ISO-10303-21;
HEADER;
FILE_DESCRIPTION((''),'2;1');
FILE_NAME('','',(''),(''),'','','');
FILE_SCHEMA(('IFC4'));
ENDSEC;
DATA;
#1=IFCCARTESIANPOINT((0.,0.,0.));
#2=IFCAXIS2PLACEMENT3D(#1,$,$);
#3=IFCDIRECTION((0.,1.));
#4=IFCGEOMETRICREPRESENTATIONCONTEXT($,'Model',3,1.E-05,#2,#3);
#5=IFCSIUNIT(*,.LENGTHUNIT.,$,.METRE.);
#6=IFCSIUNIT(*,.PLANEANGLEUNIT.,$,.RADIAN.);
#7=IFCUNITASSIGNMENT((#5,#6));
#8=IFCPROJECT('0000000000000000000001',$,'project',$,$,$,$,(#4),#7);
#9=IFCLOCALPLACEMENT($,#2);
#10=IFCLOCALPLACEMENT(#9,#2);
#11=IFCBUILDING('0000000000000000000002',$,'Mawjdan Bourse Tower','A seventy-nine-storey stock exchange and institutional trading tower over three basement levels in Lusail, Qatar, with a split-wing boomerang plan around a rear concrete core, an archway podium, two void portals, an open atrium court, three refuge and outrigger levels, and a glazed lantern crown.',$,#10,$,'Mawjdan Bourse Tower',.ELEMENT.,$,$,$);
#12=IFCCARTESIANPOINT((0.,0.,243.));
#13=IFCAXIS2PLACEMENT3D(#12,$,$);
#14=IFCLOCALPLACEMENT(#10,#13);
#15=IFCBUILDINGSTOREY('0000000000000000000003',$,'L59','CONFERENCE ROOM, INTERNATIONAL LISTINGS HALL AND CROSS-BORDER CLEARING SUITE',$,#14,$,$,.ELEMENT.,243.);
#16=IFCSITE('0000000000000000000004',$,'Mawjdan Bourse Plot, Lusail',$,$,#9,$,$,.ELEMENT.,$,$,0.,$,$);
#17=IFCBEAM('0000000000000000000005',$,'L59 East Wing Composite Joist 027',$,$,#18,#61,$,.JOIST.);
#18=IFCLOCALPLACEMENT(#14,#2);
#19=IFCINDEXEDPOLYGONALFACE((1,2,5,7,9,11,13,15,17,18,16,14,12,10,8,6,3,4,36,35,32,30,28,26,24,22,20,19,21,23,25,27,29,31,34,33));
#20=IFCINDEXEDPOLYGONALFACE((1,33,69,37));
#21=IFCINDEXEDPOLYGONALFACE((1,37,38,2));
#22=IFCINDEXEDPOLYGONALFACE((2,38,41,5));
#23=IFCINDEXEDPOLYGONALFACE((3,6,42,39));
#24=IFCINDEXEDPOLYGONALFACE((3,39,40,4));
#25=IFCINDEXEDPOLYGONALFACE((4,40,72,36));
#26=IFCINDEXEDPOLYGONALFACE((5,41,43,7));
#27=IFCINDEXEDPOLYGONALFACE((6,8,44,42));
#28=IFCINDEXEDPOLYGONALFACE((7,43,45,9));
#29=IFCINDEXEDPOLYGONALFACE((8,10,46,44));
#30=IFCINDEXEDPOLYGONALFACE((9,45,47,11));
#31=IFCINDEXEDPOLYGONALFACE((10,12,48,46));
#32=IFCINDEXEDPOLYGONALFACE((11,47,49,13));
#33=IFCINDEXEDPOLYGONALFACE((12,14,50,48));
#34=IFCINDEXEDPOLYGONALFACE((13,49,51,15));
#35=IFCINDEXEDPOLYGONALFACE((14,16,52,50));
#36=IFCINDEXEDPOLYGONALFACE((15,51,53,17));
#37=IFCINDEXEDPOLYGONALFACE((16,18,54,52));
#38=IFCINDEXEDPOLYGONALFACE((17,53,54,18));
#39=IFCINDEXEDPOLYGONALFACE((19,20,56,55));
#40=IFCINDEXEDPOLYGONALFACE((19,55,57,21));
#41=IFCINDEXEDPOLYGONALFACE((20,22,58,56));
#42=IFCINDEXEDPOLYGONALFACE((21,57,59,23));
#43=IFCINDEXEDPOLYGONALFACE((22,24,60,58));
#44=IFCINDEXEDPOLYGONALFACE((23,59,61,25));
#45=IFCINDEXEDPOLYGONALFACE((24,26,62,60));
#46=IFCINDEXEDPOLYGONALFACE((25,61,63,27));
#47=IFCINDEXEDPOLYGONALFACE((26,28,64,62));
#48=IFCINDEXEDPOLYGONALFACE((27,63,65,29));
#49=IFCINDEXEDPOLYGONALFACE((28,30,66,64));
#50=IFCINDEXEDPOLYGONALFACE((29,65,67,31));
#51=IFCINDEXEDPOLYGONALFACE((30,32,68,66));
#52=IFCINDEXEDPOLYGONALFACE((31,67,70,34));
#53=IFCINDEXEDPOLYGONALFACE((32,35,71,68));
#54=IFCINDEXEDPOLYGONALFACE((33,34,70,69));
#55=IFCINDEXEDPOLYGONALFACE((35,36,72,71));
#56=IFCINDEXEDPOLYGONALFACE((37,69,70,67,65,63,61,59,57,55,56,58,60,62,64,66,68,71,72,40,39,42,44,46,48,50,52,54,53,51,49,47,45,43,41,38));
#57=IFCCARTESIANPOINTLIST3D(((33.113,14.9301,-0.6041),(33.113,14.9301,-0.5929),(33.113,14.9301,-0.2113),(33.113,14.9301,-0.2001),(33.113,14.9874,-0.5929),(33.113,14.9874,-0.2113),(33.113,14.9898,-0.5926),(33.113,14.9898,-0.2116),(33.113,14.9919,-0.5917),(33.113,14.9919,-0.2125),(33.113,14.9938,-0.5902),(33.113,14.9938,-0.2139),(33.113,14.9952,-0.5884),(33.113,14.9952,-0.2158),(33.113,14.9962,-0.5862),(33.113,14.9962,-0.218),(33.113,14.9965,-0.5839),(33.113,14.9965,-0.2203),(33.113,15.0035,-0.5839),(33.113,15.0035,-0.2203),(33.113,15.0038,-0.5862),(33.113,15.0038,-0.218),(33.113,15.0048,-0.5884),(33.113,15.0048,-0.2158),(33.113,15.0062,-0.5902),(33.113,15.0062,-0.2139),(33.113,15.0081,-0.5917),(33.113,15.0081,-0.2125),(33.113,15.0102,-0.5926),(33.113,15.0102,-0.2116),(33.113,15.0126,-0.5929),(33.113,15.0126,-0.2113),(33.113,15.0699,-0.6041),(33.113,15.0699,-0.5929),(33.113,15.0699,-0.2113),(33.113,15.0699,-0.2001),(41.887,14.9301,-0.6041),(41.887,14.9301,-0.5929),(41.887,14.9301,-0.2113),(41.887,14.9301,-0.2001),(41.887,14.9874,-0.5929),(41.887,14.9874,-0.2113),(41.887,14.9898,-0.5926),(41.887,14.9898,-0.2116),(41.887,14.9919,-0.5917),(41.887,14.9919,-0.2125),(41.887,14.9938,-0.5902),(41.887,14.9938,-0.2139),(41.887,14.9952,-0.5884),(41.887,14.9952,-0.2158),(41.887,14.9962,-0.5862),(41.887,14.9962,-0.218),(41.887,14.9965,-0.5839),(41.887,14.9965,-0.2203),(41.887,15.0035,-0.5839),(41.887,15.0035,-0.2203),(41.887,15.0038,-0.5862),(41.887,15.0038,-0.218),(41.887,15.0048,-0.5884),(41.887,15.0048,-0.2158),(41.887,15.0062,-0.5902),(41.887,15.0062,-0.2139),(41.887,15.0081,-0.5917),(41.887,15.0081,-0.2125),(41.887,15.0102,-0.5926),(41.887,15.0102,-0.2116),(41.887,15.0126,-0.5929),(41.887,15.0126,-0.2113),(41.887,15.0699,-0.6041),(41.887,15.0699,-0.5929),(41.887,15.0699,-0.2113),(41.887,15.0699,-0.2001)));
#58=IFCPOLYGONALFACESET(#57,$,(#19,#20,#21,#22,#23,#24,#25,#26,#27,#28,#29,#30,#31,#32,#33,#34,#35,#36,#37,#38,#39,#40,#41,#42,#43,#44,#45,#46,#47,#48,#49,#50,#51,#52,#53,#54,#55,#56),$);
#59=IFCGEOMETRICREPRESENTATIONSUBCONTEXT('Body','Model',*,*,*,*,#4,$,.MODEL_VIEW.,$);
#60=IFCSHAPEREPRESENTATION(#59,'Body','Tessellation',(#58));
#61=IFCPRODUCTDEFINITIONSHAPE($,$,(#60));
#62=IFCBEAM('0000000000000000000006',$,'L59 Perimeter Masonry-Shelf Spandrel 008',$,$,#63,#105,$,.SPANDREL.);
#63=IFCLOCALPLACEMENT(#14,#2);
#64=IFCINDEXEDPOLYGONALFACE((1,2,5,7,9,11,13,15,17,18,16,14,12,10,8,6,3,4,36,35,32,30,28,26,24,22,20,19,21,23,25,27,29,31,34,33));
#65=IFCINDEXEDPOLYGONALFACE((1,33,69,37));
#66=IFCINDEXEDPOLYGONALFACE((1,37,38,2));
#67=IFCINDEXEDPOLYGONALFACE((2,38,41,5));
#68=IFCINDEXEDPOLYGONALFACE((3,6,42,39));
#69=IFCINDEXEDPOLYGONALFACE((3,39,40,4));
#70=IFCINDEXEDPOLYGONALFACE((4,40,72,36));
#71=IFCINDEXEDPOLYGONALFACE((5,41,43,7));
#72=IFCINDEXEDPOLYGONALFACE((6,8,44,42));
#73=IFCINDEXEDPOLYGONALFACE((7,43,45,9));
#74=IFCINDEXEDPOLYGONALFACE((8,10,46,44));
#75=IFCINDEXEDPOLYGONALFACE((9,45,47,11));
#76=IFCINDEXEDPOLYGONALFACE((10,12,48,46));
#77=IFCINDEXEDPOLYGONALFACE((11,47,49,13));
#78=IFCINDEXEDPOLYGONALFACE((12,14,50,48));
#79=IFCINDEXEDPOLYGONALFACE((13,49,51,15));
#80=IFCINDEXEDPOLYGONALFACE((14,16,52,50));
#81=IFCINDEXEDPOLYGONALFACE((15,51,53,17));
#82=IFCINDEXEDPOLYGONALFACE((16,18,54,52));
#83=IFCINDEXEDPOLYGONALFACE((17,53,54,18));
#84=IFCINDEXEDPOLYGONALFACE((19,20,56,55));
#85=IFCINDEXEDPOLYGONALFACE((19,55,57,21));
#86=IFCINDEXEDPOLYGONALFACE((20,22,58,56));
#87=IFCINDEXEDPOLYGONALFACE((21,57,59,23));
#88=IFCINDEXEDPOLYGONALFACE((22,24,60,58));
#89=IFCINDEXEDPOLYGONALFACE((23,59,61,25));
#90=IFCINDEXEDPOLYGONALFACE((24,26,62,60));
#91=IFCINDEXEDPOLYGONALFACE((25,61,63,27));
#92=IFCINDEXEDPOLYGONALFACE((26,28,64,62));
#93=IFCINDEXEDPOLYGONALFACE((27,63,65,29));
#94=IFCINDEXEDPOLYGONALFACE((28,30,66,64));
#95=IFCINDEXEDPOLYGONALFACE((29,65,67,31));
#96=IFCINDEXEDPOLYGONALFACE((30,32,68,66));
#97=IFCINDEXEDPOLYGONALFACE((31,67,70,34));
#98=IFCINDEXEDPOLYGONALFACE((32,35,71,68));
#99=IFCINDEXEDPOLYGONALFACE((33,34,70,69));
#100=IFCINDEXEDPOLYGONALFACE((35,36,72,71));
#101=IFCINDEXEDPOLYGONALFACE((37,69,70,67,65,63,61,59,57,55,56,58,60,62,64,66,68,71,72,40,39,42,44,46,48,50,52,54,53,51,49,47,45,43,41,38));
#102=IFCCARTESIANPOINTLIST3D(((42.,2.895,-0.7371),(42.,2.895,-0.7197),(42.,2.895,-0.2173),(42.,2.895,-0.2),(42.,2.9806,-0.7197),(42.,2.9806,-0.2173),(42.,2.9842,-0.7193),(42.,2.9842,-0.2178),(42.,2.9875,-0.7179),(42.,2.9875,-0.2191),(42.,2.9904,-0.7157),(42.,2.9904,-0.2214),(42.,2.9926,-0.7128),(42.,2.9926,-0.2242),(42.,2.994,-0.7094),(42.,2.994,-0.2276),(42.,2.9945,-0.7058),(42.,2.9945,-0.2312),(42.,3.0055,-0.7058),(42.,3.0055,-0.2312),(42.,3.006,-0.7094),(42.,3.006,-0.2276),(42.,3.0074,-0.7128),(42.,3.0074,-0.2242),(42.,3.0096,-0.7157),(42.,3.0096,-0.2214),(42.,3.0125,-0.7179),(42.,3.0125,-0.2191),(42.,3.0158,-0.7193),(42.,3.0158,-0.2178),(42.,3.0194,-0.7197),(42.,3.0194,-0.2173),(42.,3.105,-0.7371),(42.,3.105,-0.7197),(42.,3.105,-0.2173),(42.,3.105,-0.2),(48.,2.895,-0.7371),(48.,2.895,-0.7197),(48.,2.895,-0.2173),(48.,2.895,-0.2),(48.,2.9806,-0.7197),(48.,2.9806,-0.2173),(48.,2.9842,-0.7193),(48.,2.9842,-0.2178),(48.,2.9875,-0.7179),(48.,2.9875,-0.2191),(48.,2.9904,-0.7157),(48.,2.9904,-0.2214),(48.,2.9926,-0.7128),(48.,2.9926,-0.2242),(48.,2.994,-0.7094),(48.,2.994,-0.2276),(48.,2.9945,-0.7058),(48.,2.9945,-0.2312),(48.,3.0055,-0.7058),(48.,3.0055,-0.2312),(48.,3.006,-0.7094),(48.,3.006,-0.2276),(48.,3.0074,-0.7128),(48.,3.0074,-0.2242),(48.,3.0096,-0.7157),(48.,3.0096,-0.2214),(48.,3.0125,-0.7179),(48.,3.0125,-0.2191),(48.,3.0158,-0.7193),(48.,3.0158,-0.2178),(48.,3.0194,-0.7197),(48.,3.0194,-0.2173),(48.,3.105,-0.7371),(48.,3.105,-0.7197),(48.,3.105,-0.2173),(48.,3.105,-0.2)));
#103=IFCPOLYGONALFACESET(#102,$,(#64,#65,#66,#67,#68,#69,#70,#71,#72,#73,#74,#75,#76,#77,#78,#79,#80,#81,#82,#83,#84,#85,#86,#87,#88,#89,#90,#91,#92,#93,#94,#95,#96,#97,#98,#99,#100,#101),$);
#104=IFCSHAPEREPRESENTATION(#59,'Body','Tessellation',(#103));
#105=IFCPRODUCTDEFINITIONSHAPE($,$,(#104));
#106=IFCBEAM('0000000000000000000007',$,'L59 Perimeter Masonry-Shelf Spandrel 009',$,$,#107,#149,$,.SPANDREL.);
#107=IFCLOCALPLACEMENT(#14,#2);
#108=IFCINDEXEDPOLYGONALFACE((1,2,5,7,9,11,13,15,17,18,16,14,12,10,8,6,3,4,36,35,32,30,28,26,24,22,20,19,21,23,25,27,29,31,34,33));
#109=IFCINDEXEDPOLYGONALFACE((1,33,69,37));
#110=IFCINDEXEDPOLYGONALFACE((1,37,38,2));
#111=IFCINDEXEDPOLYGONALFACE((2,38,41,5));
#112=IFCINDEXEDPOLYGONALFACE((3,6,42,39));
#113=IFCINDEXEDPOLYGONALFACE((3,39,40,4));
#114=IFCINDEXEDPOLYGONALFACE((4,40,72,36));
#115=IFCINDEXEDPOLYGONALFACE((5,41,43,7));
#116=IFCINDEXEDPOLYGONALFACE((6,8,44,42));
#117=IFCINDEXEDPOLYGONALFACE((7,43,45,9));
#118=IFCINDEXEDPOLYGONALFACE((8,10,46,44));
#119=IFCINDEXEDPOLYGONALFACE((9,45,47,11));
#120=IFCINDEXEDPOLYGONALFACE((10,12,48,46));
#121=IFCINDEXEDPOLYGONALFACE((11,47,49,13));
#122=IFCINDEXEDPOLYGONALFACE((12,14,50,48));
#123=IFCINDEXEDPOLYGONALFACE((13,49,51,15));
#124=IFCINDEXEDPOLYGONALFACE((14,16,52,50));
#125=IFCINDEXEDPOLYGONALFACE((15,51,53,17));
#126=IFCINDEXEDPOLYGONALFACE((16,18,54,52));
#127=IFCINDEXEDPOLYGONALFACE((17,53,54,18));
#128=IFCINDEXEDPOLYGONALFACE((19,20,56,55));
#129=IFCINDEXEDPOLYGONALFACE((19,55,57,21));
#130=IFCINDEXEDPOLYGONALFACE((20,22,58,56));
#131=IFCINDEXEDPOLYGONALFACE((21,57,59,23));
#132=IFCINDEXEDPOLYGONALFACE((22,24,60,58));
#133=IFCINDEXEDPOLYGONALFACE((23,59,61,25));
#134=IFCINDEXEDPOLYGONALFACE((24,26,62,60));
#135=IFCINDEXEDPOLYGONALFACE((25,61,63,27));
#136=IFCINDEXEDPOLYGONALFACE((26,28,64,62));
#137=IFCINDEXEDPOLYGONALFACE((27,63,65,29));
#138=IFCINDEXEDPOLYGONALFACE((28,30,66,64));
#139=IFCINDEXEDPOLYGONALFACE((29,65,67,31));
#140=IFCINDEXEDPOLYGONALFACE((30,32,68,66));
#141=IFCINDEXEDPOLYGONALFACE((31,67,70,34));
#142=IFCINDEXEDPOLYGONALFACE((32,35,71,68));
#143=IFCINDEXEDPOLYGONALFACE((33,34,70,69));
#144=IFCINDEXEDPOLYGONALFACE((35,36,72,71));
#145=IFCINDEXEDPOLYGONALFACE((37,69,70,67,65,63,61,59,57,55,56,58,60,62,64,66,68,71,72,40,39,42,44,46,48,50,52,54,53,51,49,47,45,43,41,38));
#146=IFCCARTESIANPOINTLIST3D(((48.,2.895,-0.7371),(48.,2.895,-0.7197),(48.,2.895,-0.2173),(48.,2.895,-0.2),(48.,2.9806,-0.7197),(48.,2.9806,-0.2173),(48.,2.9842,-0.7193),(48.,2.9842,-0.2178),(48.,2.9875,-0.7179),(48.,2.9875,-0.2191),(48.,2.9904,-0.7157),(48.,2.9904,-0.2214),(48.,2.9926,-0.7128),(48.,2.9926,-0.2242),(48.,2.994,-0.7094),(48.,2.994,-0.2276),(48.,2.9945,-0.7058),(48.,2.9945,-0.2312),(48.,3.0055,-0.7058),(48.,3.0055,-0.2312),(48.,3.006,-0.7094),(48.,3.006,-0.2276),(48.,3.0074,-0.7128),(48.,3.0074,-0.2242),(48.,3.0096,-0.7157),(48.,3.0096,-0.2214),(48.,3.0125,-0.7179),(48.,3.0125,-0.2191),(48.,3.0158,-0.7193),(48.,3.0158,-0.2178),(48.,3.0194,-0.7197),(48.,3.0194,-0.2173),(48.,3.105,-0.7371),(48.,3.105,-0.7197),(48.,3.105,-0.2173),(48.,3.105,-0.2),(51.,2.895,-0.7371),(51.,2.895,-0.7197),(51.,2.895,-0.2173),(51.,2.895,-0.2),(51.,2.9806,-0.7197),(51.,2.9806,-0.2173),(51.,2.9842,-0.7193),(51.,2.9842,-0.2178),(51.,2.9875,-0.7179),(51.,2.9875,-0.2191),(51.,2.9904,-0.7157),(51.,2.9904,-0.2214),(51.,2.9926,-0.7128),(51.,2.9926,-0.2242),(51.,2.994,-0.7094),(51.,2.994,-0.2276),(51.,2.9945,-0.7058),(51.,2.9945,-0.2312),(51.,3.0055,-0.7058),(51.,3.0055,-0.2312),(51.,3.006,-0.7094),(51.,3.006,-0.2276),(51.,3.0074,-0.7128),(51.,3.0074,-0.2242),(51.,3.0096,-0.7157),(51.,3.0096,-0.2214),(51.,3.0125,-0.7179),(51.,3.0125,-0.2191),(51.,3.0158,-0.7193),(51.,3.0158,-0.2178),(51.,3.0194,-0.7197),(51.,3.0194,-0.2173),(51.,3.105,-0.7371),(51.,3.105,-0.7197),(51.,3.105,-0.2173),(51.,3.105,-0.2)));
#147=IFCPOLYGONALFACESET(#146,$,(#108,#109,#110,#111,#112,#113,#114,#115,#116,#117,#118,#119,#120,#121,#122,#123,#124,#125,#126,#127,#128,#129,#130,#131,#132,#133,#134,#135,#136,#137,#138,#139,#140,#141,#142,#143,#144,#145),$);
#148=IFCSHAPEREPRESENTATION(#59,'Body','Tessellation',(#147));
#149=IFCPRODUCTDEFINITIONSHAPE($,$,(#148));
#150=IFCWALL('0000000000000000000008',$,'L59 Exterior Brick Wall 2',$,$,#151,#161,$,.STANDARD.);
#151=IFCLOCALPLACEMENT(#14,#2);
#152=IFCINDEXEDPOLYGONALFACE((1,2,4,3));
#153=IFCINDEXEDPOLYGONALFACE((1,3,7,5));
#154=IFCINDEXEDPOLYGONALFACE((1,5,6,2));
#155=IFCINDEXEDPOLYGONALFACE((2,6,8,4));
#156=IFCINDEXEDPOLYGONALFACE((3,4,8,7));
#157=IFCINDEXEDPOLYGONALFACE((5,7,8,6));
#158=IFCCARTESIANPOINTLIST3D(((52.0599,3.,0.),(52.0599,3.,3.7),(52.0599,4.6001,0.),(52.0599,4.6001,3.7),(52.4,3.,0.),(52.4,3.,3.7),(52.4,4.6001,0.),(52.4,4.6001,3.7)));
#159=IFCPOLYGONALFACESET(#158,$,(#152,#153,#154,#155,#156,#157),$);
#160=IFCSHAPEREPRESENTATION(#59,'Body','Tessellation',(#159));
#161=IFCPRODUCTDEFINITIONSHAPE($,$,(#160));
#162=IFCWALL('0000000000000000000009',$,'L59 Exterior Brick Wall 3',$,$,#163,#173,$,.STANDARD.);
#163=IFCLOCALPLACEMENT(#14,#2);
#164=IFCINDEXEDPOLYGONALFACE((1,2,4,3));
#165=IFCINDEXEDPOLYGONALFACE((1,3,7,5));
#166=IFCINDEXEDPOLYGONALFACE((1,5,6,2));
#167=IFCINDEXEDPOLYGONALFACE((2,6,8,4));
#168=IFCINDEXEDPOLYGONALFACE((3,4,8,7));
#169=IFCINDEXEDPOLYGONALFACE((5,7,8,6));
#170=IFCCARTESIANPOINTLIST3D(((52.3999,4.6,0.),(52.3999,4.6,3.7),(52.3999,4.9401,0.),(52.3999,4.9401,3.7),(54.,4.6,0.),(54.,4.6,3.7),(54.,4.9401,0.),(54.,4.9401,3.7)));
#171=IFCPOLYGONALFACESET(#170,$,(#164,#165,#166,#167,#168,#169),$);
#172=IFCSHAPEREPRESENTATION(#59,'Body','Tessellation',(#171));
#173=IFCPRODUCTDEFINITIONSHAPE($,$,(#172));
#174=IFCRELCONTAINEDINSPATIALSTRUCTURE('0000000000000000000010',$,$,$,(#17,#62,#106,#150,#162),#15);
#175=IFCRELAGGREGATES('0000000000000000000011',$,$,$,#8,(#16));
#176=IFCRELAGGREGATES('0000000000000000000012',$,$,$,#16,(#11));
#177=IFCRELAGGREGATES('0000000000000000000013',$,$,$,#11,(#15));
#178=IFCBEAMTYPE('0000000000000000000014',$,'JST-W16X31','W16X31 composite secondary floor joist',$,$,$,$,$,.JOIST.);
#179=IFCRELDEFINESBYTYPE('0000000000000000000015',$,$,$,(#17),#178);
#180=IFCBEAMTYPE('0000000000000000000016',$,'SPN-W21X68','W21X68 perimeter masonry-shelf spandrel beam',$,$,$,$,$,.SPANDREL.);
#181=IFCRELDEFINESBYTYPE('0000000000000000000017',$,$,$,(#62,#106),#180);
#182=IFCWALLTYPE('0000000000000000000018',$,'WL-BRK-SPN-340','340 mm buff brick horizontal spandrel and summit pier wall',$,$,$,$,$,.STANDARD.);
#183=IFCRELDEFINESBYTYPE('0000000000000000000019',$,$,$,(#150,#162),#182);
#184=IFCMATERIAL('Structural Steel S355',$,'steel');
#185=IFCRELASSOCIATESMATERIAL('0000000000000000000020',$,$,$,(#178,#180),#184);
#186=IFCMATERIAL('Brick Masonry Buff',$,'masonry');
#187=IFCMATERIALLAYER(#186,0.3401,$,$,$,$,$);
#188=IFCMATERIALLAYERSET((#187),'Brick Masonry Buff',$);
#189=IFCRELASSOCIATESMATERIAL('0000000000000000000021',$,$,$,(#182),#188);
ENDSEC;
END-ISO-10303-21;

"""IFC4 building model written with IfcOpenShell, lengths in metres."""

from ifc_helpers import new_model, si_unit, direction, frame, frame_2d, origin, origin_2d, place, context, subcontext, project, spatial, rectangle, i_section, extrude, material, layer, layer_set, material_profile, profile_set, type_object, element, save


model = new_model("IFC4")

# Units and contexts
model_context = context("Model", 3, precision=1e-05, world=origin(), true_north=direction((0.0, 1.0)))
body_context = subcontext(model_context, "Body", "Model", "MODEL_VIEW")
ifc_project = project(units=[si_unit("LENGTHUNIT", "METRE"), si_unit("PLANEANGLEUNIT", "RADIAN")], contexts=[model_context])

# Site, building, storey
site_placement = place(None, origin())
site = spatial("IfcSite", under=ifc_project, at=site_placement, Name="Mawjdan Bourse Plot, Lusail", CompositionType="ELEMENT", RefElevation=0.0)
building_placement = place(site_placement, origin())
building = spatial("IfcBuilding", under=site, at=building_placement, Name="Mawjdan Bourse Tower", Description="A seventy-nine-storey stock exchange and institutional trading tower over three basement levels in Lusail, Qatar, with a split-wing boomerang plan around a rear concrete core, an archway podium, two void portals, an open atrium court, three refuge and outrigger levels, and a glazed lantern crown.", LongName="Mawjdan Bourse Tower", CompositionType="ELEMENT")
storey_placement = place(building_placement, frame((0.0, 0.0, 243.0)))
storey = spatial("IfcBuildingStorey", under=building, at=storey_placement, Name="L59", Description="CONFERENCE ROOM, INTERNATIONAL LISTINGS HALL AND CROSS-BORDER CLEARING SUITE", CompositionType="ELEMENT", Elevation=243.0)

# Beams
ifc_material_1 = material(Name="Structural Steel S355", Category="steel")
ifc_material_profile_1 = material_profile(ifc_material_1, i_section(OverallWidth=0.1399, OverallDepth=0.4041, WebThickness=0.0071, FlangeThickness=0.0112, FilletRadius=0.009, at=origin_2d()), Name="W16X31")
ifc_profile_set_1 = profile_set([ifc_material_profile_1], Name="Structural Steel S355")
beam_type_1 = type_object("IfcBeamType", Name="JST-W16X31", Description="W16X31 composite secondary floor joist", PredefinedType="JOIST", material=ifc_profile_set_1)
beam_1_placement = place(storey_placement, frame((33.113, 15.0, -0.4021), z_axis=(1.0, 0.0, 0.0), x_axis=(0.0, 1.0, 0.0)))
element("IfcBeam", 1, at=beam_1_placement, inside=storey, type_object=beam_type_1, Name="L59 East Wing Composite Joist 027", PredefinedType="JOIST", context=body_context, shape_type="SweptSolid", body=[
    extrude(i_section(OverallWidth=0.1399, OverallDepth=0.4041, WebThickness=0.0071, FlangeThickness=0.0112, FilletRadius=0.009, at=origin_2d()), origin(), (0.0, 0.0, 1.0), 8.7739),
])
ifc_material_profile_2 = material_profile(ifc_material_1, i_section(OverallWidth=0.21, OverallDepth=0.5371, WebThickness=0.011, FlangeThickness=0.0173, FilletRadius=0.0139, at=origin_2d()), Name="W21X68")
ifc_profile_set_2 = profile_set([ifc_material_profile_2], Name="Structural Steel S355")
beam_type_2 = type_object("IfcBeamType", Name="SPN-W21X68", Description="W21X68 perimeter masonry-shelf spandrel beam", PredefinedType="SPANDREL", material=ifc_profile_set_2)
beam_2_placement = place(storey_placement, frame((42.0, 3.0, -0.4685), z_axis=(1.0, 0.0, 0.0), x_axis=(0.0, 1.0, 0.0)))
element("IfcBeam", 2, at=beam_2_placement, inside=storey, type_object=beam_type_2, Name="L59 Perimeter Masonry-Shelf Spandrel 008", PredefinedType="SPANDREL", context=body_context, shape_type="SweptSolid", body=[
    extrude(i_section(OverallWidth=0.21, OverallDepth=0.5371, WebThickness=0.011, FlangeThickness=0.0173, FilletRadius=0.0139, at=origin_2d()), origin(), (0.0, 0.0, 1.0), 6.0),
])
beam_3_placement = place(storey_placement, frame((48.0, 3.0, -0.4685), z_axis=(1.0, 0.0, 0.0), x_axis=(0.0, 1.0, 0.0)))
element("IfcBeam", 3, at=beam_3_placement, inside=storey, type_object=beam_type_2, Name="L59 Perimeter Masonry-Shelf Spandrel 009", PredefinedType="SPANDREL", context=body_context, shape_type="SweptSolid", body=[
    extrude(i_section(OverallWidth=0.21, OverallDepth=0.5371, WebThickness=0.011, FlangeThickness=0.0173, FilletRadius=0.0139, at=origin_2d()), origin(), (0.0, 0.0, 1.0), 3.0),
])

# Walls
ifc_material_2 = material(Name="Brick Masonry Buff", Category="masonry")
ifc_layer_1 = layer(ifc_material_2, 0.3401)
ifc_layer_set_1 = layer_set([ifc_layer_1], Name="Brick Masonry Buff")
wall_type_1 = type_object("IfcWallType", Name="WL-BRK-SPN-340", Description="340 mm buff brick horizontal spandrel and summit pier wall", PredefinedType="STANDARD", material=ifc_layer_set_1)
for number, where, z_axis, x_axis, name in (
    (4, (52.23, 3.0, 0.0), (0.0, 0.0, 1.0), (0.0, 1.0, 0.0), "L59 Exterior Brick Wall 2"),
    (5, (52.3999, 4.77, 0.0), (0.0, 0.0, 1.0), (1.0, 0.0, 0.0), "L59 Exterior Brick Wall 3"),
):
    element("IfcWall", number, at=place(storey_placement, frame(where, z_axis=z_axis, x_axis=x_axis)), inside=storey, type_object=wall_type_1, Name=name, PredefinedType="STANDARD", context=body_context, shape_type="SweptSolid", body=[
        extrude(rectangle(XDim=1.6001, YDim=0.3401, at=frame_2d((0.8, 0.0))), origin(), (0.0, 0.0, 1.0), 3.7),
    ])

save(model, "model.ifc")
